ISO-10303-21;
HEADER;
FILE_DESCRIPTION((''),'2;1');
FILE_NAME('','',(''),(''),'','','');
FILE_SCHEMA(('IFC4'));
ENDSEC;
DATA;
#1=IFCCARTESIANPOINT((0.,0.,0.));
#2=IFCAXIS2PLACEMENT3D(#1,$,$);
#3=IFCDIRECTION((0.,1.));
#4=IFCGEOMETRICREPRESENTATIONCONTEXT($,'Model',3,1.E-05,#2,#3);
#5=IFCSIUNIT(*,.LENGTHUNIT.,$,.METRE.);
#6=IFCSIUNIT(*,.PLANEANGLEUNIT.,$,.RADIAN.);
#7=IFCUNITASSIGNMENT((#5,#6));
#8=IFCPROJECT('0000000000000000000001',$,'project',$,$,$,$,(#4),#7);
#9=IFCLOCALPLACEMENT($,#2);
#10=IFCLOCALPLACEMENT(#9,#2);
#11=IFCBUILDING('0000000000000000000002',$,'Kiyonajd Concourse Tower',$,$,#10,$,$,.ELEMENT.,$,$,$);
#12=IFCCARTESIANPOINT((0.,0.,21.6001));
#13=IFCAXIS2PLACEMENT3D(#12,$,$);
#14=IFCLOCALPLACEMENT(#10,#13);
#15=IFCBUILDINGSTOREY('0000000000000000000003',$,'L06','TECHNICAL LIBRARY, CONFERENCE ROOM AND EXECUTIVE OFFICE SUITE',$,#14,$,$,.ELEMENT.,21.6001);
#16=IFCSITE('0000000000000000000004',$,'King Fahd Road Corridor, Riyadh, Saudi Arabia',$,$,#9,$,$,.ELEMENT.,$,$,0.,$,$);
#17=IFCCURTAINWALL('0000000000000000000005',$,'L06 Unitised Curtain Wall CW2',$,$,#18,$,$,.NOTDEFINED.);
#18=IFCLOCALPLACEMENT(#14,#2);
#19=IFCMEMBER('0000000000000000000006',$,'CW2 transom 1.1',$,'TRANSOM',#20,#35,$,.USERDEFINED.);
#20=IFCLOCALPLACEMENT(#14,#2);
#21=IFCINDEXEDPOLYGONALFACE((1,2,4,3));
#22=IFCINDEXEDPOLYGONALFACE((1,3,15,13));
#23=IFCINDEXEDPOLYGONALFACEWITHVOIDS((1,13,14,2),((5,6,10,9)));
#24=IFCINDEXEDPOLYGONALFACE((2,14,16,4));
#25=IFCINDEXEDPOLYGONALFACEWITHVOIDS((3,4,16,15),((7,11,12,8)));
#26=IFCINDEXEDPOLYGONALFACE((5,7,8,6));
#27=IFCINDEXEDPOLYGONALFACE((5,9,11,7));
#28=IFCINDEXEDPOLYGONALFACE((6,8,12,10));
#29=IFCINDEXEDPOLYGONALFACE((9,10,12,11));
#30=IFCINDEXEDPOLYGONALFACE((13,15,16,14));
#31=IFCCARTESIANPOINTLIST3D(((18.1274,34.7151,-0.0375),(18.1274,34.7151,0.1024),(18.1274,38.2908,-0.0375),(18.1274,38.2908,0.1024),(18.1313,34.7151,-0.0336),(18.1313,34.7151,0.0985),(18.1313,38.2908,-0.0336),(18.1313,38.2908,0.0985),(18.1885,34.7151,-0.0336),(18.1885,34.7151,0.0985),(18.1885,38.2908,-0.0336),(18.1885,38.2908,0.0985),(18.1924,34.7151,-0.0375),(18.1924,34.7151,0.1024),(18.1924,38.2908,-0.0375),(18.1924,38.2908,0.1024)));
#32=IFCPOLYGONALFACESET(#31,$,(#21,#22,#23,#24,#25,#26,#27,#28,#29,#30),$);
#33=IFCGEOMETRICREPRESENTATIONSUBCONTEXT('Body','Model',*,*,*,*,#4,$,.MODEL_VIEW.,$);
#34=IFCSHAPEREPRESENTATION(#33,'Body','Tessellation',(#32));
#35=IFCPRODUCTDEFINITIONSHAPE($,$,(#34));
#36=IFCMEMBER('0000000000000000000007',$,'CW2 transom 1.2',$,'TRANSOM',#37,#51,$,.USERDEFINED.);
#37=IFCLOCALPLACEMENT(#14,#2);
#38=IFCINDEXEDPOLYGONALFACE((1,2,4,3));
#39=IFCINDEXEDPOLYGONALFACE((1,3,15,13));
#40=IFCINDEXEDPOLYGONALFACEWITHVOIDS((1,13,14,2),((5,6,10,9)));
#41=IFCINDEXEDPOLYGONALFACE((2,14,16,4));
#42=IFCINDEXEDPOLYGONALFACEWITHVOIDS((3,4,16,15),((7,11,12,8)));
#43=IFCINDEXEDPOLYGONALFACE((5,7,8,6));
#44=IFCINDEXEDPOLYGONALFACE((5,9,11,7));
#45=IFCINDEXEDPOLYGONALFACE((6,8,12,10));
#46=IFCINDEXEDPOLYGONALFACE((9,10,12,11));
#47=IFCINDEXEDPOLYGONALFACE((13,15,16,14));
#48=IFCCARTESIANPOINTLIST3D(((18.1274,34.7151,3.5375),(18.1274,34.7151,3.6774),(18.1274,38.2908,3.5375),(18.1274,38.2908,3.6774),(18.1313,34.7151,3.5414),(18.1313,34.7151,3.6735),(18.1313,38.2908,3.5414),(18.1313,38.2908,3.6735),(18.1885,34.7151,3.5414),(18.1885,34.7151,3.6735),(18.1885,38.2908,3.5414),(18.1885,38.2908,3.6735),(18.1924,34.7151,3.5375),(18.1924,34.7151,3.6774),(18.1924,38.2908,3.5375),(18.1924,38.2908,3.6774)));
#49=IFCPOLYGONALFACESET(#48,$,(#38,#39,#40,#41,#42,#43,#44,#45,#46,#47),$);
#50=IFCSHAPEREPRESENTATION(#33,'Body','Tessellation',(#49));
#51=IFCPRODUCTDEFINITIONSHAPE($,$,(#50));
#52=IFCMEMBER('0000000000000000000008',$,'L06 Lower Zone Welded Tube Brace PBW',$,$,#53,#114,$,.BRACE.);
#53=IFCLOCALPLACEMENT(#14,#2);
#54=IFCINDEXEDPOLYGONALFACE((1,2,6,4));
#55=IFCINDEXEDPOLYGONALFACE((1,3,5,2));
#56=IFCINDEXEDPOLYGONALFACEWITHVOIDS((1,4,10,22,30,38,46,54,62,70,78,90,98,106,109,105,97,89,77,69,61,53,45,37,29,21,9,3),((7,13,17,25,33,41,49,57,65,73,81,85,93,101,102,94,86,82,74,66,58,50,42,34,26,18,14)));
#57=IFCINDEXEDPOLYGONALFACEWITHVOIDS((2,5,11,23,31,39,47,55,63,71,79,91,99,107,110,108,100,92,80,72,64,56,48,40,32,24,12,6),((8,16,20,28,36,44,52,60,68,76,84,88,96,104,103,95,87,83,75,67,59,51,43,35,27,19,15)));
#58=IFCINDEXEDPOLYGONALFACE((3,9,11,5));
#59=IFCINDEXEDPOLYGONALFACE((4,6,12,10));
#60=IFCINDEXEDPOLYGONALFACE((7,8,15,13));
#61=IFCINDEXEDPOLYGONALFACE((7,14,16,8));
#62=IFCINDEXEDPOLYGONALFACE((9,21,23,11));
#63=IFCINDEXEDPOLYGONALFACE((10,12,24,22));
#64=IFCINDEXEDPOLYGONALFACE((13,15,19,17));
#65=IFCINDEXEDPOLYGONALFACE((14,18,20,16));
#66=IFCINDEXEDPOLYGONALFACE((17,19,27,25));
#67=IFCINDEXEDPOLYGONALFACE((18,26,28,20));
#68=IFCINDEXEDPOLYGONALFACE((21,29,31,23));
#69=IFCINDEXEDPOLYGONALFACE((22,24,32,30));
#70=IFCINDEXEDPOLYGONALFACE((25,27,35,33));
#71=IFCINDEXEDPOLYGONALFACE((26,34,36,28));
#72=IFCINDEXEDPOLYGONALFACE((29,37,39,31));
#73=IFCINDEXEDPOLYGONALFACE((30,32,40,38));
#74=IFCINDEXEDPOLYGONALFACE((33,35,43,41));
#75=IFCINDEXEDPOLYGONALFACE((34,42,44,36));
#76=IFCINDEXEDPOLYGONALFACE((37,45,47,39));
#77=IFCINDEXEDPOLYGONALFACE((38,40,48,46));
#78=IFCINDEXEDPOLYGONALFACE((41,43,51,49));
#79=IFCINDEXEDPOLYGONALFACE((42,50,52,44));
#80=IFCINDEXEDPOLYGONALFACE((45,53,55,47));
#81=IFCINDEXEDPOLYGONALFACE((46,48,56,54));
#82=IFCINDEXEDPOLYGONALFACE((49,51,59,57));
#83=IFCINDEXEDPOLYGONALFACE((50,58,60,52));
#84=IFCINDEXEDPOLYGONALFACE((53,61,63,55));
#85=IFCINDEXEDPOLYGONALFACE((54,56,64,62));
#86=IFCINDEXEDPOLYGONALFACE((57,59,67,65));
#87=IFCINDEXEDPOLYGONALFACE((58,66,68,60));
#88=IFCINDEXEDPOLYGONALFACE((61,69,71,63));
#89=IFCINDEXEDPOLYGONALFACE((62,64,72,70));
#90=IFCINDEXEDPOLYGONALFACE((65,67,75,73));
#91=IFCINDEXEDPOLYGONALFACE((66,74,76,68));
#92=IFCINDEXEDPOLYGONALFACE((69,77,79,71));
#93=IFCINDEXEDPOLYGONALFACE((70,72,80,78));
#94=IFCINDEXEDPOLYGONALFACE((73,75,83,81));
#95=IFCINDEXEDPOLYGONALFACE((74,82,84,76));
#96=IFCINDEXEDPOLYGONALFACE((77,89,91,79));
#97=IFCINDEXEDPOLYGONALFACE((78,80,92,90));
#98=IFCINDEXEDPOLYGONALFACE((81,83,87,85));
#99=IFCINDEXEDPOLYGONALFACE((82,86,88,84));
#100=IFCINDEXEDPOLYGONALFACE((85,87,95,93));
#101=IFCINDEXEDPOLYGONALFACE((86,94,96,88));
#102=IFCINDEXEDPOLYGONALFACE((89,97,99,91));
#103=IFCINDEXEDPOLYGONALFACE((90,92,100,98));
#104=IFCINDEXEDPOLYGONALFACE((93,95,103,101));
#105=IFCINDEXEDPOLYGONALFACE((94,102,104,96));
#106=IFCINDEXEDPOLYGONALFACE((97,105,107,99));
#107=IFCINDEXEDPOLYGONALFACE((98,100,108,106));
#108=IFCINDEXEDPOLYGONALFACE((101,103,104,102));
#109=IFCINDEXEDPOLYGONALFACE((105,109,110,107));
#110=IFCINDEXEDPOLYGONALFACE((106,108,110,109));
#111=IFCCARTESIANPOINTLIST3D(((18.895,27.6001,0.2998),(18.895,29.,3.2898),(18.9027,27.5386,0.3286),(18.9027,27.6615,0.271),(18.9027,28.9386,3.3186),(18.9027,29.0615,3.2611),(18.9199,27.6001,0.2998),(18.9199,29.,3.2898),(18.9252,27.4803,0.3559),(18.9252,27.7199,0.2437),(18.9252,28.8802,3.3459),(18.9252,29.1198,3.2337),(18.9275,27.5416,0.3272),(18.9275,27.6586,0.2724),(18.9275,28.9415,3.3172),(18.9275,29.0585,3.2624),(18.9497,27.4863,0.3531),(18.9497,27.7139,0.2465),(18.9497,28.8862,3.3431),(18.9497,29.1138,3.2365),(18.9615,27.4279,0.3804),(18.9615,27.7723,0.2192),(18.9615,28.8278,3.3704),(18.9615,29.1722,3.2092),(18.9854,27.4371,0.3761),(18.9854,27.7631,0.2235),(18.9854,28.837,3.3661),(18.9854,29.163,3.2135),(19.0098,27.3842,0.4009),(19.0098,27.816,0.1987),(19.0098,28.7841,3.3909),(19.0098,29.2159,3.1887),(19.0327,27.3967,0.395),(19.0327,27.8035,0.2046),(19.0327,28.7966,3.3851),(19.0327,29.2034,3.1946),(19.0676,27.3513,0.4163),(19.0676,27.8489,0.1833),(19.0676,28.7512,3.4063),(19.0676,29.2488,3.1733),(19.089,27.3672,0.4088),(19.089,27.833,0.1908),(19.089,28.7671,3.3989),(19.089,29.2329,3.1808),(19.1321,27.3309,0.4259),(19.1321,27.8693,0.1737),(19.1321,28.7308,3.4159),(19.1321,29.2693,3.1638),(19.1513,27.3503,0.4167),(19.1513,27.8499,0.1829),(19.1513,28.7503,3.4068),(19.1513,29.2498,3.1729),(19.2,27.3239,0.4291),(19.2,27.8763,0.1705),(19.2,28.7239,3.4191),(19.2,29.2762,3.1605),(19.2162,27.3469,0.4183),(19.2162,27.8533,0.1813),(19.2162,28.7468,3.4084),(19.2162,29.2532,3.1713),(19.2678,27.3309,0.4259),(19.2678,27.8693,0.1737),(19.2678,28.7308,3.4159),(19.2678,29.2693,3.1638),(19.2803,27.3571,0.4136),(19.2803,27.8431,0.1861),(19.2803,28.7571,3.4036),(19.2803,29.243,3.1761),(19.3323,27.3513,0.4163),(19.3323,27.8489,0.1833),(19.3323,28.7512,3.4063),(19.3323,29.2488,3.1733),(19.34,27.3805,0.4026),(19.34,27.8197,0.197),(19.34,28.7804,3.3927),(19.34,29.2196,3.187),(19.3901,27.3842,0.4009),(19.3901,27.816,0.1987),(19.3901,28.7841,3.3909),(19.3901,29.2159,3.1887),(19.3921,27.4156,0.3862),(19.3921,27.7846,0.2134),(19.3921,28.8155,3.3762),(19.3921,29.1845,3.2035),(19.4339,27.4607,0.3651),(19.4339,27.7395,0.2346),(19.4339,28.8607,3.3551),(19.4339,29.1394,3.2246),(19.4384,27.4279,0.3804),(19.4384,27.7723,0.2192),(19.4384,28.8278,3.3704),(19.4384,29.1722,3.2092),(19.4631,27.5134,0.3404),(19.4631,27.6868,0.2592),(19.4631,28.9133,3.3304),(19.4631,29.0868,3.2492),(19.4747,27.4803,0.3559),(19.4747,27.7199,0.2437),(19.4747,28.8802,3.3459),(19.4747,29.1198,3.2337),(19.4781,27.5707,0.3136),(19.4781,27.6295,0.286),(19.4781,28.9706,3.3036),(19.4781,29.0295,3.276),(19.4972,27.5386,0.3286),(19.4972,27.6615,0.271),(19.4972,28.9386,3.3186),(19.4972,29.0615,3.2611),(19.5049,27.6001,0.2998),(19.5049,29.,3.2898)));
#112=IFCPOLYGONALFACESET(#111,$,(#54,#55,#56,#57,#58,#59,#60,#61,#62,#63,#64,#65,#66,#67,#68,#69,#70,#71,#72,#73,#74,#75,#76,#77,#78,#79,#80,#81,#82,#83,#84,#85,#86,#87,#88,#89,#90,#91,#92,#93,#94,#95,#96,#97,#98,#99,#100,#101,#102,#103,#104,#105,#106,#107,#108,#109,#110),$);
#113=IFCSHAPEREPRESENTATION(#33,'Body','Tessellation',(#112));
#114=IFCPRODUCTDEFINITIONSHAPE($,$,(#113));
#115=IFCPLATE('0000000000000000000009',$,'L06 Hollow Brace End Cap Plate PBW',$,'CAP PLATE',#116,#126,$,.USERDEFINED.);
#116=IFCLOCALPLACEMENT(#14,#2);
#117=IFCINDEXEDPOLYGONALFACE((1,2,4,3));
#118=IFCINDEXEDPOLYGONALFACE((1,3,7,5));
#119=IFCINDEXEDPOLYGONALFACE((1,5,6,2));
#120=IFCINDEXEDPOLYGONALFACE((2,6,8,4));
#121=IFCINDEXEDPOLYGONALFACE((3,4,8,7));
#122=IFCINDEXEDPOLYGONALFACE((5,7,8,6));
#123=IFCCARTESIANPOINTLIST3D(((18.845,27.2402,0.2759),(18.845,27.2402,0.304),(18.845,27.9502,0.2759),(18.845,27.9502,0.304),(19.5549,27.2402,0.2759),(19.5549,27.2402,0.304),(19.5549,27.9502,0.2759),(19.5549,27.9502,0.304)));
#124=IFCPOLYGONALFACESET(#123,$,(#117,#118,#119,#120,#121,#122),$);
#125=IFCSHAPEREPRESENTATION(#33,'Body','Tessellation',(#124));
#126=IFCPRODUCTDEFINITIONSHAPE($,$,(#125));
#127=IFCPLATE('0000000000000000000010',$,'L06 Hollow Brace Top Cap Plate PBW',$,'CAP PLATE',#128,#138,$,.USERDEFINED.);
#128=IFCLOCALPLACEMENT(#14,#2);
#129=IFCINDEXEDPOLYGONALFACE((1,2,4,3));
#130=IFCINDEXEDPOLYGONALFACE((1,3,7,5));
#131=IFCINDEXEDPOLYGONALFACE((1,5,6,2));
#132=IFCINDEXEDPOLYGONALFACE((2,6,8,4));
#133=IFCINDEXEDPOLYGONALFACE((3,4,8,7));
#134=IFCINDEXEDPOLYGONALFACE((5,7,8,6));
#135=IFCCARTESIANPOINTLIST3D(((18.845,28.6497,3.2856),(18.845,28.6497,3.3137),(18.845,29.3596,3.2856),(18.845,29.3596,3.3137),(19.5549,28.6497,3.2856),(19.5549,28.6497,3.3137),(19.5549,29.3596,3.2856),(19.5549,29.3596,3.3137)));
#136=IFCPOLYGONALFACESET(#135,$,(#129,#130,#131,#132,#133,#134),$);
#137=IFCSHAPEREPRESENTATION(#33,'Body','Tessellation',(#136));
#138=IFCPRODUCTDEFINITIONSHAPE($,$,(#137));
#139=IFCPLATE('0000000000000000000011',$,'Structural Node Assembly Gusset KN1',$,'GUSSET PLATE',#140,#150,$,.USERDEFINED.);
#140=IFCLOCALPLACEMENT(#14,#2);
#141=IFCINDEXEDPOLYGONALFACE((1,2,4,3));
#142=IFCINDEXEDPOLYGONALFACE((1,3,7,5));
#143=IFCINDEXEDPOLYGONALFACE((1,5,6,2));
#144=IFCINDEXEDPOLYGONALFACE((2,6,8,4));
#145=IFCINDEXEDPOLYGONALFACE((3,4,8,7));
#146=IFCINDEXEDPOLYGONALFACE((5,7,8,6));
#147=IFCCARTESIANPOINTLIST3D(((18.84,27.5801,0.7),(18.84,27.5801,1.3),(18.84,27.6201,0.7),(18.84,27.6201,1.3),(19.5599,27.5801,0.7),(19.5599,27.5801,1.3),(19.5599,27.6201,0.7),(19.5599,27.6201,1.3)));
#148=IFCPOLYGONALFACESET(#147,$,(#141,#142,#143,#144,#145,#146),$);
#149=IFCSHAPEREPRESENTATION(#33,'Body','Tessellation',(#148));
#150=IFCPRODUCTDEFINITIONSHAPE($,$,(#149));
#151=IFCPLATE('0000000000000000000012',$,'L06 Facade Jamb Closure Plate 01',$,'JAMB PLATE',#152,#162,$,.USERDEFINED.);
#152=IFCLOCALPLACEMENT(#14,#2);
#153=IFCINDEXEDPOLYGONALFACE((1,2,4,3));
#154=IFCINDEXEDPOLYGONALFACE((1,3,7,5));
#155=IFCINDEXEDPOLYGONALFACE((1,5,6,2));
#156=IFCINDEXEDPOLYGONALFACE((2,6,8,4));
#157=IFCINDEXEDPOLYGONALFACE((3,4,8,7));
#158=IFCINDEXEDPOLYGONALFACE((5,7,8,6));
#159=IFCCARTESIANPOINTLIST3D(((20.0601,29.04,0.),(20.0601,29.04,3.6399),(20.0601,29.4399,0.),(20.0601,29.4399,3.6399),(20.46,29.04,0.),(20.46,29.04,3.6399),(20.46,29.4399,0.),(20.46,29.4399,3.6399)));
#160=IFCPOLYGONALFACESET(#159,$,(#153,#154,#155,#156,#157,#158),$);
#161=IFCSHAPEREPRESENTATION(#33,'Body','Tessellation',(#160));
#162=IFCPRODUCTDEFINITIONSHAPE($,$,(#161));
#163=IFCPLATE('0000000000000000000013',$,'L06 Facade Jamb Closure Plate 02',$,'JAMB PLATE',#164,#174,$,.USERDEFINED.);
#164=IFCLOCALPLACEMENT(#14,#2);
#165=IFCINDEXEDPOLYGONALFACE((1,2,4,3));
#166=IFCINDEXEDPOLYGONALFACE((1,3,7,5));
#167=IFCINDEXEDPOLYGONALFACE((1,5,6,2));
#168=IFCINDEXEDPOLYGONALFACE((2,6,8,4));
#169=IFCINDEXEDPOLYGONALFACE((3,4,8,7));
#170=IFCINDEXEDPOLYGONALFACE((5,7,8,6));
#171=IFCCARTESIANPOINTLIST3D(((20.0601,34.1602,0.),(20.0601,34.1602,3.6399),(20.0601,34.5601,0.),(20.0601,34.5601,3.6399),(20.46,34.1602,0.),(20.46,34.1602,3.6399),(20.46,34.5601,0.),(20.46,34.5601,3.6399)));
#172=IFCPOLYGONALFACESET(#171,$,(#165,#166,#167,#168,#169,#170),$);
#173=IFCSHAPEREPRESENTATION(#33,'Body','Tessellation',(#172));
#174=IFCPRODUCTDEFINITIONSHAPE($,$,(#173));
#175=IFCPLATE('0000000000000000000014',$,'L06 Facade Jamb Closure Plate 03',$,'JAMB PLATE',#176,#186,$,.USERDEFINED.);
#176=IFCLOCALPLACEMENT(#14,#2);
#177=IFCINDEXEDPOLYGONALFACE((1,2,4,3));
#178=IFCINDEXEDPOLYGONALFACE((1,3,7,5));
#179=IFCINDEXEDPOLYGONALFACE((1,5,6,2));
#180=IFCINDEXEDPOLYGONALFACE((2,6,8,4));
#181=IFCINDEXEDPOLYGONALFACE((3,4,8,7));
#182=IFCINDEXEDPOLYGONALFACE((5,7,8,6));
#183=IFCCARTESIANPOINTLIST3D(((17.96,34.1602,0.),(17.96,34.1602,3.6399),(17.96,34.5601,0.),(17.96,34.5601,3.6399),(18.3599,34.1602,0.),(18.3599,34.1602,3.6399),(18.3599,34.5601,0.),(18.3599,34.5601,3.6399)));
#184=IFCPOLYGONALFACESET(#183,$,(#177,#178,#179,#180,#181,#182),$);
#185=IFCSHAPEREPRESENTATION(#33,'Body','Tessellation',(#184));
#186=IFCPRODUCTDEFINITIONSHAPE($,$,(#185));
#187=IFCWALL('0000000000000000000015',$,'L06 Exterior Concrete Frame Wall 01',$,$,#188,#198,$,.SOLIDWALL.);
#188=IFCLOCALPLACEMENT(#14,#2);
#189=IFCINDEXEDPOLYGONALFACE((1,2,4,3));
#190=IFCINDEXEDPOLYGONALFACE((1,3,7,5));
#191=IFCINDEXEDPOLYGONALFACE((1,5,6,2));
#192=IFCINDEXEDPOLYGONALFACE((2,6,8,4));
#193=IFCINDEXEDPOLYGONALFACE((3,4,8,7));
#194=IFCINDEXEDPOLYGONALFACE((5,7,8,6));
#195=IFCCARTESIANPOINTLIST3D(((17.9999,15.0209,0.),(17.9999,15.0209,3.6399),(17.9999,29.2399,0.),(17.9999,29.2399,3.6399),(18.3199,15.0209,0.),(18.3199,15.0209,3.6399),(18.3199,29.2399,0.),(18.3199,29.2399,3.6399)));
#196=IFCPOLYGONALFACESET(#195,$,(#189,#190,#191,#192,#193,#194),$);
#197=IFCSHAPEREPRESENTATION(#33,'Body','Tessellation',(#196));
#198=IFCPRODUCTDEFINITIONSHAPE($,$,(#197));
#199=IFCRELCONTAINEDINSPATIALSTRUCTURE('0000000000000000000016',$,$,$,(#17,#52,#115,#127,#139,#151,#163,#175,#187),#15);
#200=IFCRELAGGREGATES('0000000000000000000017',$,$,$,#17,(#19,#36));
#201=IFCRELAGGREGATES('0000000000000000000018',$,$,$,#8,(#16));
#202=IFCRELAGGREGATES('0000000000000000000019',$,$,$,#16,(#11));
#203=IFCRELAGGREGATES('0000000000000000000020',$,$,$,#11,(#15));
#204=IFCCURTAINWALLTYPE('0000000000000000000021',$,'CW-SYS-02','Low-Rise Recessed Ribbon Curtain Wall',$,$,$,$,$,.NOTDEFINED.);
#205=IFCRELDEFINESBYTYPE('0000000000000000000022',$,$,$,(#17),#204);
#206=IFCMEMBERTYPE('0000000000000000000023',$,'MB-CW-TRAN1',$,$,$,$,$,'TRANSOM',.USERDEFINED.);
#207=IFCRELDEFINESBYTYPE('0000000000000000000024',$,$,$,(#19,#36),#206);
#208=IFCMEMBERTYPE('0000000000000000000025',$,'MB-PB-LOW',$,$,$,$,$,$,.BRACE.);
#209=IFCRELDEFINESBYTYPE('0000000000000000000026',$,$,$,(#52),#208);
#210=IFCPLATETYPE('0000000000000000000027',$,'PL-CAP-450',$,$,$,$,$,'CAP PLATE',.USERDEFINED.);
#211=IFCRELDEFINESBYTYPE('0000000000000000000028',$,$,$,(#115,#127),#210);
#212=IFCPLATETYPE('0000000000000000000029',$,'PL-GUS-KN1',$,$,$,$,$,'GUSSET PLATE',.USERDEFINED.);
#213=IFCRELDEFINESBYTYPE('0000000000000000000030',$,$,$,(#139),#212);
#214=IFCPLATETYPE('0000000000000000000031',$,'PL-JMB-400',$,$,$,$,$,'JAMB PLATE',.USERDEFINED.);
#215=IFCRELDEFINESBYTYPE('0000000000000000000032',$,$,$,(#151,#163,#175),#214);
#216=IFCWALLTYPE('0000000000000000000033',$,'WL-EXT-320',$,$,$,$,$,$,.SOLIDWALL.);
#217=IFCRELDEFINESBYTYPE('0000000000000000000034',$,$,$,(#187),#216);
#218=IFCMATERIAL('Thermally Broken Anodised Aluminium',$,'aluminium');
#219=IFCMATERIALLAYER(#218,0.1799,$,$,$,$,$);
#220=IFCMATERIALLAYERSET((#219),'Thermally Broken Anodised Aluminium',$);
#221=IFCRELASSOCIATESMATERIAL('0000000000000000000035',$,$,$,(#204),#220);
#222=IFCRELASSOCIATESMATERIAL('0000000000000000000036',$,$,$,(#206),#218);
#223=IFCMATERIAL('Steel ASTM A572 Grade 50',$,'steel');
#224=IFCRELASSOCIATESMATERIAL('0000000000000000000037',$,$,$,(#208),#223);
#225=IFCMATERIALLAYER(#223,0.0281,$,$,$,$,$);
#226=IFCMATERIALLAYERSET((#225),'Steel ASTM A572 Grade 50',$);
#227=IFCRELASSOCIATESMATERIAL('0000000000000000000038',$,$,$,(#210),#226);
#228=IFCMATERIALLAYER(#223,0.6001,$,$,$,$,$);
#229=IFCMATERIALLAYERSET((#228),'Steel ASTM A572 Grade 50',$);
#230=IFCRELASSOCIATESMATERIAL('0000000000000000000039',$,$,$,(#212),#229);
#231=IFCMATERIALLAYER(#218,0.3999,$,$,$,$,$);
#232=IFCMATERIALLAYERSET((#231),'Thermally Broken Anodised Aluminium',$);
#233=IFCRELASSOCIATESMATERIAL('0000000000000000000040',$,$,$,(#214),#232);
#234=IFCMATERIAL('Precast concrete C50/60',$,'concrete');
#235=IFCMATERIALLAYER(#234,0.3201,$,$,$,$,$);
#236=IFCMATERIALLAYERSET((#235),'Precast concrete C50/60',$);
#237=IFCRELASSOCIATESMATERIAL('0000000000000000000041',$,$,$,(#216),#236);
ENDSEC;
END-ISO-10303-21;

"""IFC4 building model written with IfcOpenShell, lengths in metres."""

from ifc_helpers import new_model, si_unit, direction, frame, frame_2d, origin, origin_2d, place, context, subcontext, project, spatial, rectangle, hollow_rectangle, hollow_circle, extrude, material, layer, layer_set, material_profile, profile_set, type_object, element, aggregate, save


model = new_model("IFC4")

# Units and contexts
model_context = context("Model", 3, precision=1e-05, world=origin(), true_north=direction((0.0, 1.0)))
body_context = subcontext(model_context, "Body", "Model", "MODEL_VIEW")
ifc_project = project(units=[si_unit("LENGTHUNIT", "METRE"), si_unit("PLANEANGLEUNIT", "RADIAN")], contexts=[model_context])

# Site, building, storey
site_placement = place(None, origin())
site = spatial("IfcSite", under=ifc_project, at=site_placement, Name="King Fahd Road Corridor, Riyadh, Saudi Arabia", CompositionType="ELEMENT", RefElevation=0.0)
building_placement = place(site_placement, origin())
building = spatial("IfcBuilding", under=site, at=building_placement, Name="Kiyonajd Concourse Tower", CompositionType="ELEMENT")
storey_placement = place(building_placement, frame((0.0, 0.0, 21.6001)))
storey = spatial("IfcBuildingStorey", under=building, at=storey_placement, Name="L06", Description="TECHNICAL LIBRARY, CONFERENCE ROOM AND EXECUTIVE OFFICE SUITE", CompositionType="ELEMENT", Elevation=21.6001)

# Shared definitions
ifc_material_1 = material(Name="Precast concrete C50/60", Category="concrete")

# Curtain wall, members
ifc_material_2 = material(Name="Thermally Broken Anodised Aluminium", Category="aluminium")
ifc_layer_1 = layer(ifc_material_2, 0.1799)
ifc_layer_set_1 = layer_set([ifc_layer_1], Name="Thermally Broken Anodised Aluminium")
curtain_wall_type = type_object("IfcCurtainWallType", Name="CW-SYS-02", Description="Low-Rise Recessed Ribbon Curtain Wall", PredefinedType="NOTDEFINED", material=ifc_layer_set_1)
curtain_wall_placement = place(storey_placement, origin())
curtain_wall = element("IfcCurtainWall", 1, at=curtain_wall_placement, inside=storey, type_object=curtain_wall_type, Name="L06 Unitised Curtain Wall CW2", PredefinedType="NOTDEFINED")
ifc_material_profile_1 = material_profile(ifc_material_2, hollow_rectangle(XDim=0.0649, YDim=0.1399, WallThickness=0.0039, at=origin_2d()), Name="TRAN-65x140")
ifc_profile_set_1 = profile_set([ifc_material_profile_1], Name="Thermally Broken Anodised Aluminium")
member_type_1 = type_object("IfcMemberType", Name="MB-CW-TRAN1", ElementType="TRANSOM", PredefinedType="USERDEFINED", material=ifc_profile_set_1)
member_1_placement = place(storey_placement, frame((18.1599, 34.7151, 0.0325), z_axis=(0.0, 1.0, 0.0), x_axis=(-1.0, 0.0, 0.0)))
member_1 = element("IfcMember", 2, at=member_1_placement, type_object=member_type_1, Name="CW2 transom 1.1", ObjectType="TRANSOM", PredefinedType="USERDEFINED", context=body_context, shape_type="SweptSolid", body=[
    extrude(hollow_rectangle(XDim=0.0649, YDim=0.1399, WallThickness=0.0039, at=origin_2d()), origin(), (0.0, 0.0, 1.0), 3.5757),
])
member_2_placement = place(storey_placement, frame((18.1599, 34.7151, 3.6074), z_axis=(0.0, 1.0, 0.0), x_axis=(-1.0, 0.0, 0.0)))
member_2 = element("IfcMember", 3, at=member_2_placement, type_object=member_type_1, Name="CW2 transom 1.2", ObjectType="TRANSOM", PredefinedType="USERDEFINED", context=body_context, shape_type="SweptSolid", body=[
    extrude(hollow_rectangle(XDim=0.0649, YDim=0.1399, WallThickness=0.0039, at=origin_2d()), origin(), (0.0, 0.0, 1.0), 3.5757),
])
aggregate(curtain_wall, [member_1, member_2])

# Member
ifc_material_3 = material(Name="Steel ASTM A572 Grade 50", Category="steel")
ifc_material_profile_2 = material_profile(ifc_material_3, hollow_circle(Radius=0.3049, WallThickness=0.0249, at=origin_2d()), Name="CHS-610x25")
ifc_profile_set_2 = profile_set([ifc_material_profile_2], Name="Steel ASTM A572 Grade 50")
member_type_2 = type_object("IfcMemberType", Name="MB-PB-LOW", PredefinedType="BRACE", material=ifc_profile_set_2)
member_3_placement = place(storey_placement, frame((19.2, 27.6001, 0.2998), z_axis=(0.0, 0.424023, 0.905652), x_axis=(-1.0, 0.0, 0.0)))
element("IfcMember", 4, at=member_3_placement, inside=storey, type_object=member_type_2, Name="L06 Lower Zone Welded Tube Brace PBW", PredefinedType="BRACE", context=body_context, shape_type="SweptSolid", body=[
    extrude(hollow_circle(Radius=0.3049, WallThickness=0.0249, at=origin_2d()), origin(), (0.0, 0.0, 1.0), 3.3015),
])

# Plates
ifc_layer_2 = layer(ifc_material_3, 0.0281)
ifc_layer_set_2 = layer_set([ifc_layer_2], Name="Steel ASTM A572 Grade 50")
plate_type_1 = type_object("IfcPlateType", Name="PL-CAP-450", ElementType="CAP PLATE", PredefinedType="USERDEFINED", material=ifc_layer_set_2)
for number, where, z_axis, x_axis, name in (
    (5, (19.2, 27.5952, 0.2759), (0.0, 0.0, 1.0), (1.0, 0.0, 0.0), "L06 Hollow Brace End Cap Plate PBW"),
    (6, (19.2, 29.0046, 3.2856), (0.0, 0.0, 1.0), (1.0, 0.0, 0.0), "L06 Hollow Brace Top Cap Plate PBW"),
):
    element("IfcPlate", number, at=place(storey_placement, frame(where, z_axis=z_axis, x_axis=x_axis)), inside=storey, type_object=plate_type_1, Name=name, ObjectType="CAP PLATE", PredefinedType="USERDEFINED", context=body_context, shape_type="SweptSolid", body=[
        extrude(rectangle(XDim=0.71, YDim=0.71, at=origin_2d()), origin(), (0.0, 0.0, 1.0), 0.0281),
    ])
ifc_layer_3 = layer(ifc_material_3, 0.6001)
ifc_layer_set_3 = layer_set([ifc_layer_3], Name="Steel ASTM A572 Grade 50")
plate_type_2 = type_object("IfcPlateType", Name="PL-GUS-KN1", ElementType="GUSSET PLATE", PredefinedType="USERDEFINED", material=ifc_layer_set_3)
plate_placement = place(storey_placement, frame((19.2, 27.6001, 0.7), z_axis=(0.0, 0.0, 1.0), x_axis=(1.0, 0.0, 0.0)))
element("IfcPlate", 7, at=plate_placement, inside=storey, type_object=plate_type_2, Name="Structural Node Assembly Gusset KN1", ObjectType="GUSSET PLATE", PredefinedType="USERDEFINED", context=body_context, shape_type="SweptSolid", body=[
    extrude(rectangle(XDim=0.72, YDim=0.04, at=origin_2d()), origin(), (0.0, 0.0, 1.0), 0.6001),
])
ifc_layer_4 = layer(ifc_material_2, 0.3999)
ifc_layer_set_4 = layer_set([ifc_layer_4], Name="Thermally Broken Anodised Aluminium")
plate_type_3 = type_object("IfcPlateType", Name="PL-JMB-400", ElementType="JAMB PLATE", PredefinedType="USERDEFINED", material=ifc_layer_set_4)
for number, where, z_axis, x_axis, name in (
    (8, (20.26, 29.24, 0.0), (0.0, 0.0, 1.0), (1.0, 0.0, 0.0), "L06 Facade Jamb Closure Plate 01"),
    (9, (20.26, 34.3601, 0.0), (0.0, 0.0, 1.0), (1.0, 0.0, 0.0), "L06 Facade Jamb Closure Plate 02"),
    (10, (18.1599, 34.3601, 0.0), (0.0, 0.0, 1.0), (1.0, 0.0, 0.0), "L06 Facade Jamb Closure Plate 03"),
):
    element("IfcPlate", number, at=place(storey_placement, frame(where, z_axis=z_axis, x_axis=x_axis)), inside=storey, type_object=plate_type_3, Name=name, ObjectType="JAMB PLATE", PredefinedType="USERDEFINED", context=body_context, shape_type="SweptSolid", body=[
        extrude(rectangle(XDim=0.3999, YDim=0.3999, at=origin_2d()), origin(), (0.0, 0.0, 1.0), 3.6399),
    ])

# Wall
ifc_layer_5 = layer(ifc_material_1, 0.3201)
ifc_layer_set_5 = layer_set([ifc_layer_5], Name="Precast concrete C50/60")
wall_type_1 = type_object("IfcWallType", Name="WL-EXT-320", PredefinedType="SOLIDWALL", material=ifc_layer_set_5)
wall_1_placement = place(storey_placement, frame((18.1599, 15.021, 0.0), z_axis=(0.0, 0.0, 1.0), x_axis=(0.0, 1.0, 0.0)))
element("IfcWall", 11, at=wall_1_placement, inside=storey, type_object=wall_type_1, Name="L06 Exterior Concrete Frame Wall 01", PredefinedType="SOLIDWALL", context=body_context, shape_type="SweptSolid", body=[
    extrude(rectangle(XDim=14.219, YDim=0.3201, at=frame_2d((7.1094, 0.0))), origin(), (0.0, 0.0, 1.0), 3.6399),
])

save(model, "model.ifc")
